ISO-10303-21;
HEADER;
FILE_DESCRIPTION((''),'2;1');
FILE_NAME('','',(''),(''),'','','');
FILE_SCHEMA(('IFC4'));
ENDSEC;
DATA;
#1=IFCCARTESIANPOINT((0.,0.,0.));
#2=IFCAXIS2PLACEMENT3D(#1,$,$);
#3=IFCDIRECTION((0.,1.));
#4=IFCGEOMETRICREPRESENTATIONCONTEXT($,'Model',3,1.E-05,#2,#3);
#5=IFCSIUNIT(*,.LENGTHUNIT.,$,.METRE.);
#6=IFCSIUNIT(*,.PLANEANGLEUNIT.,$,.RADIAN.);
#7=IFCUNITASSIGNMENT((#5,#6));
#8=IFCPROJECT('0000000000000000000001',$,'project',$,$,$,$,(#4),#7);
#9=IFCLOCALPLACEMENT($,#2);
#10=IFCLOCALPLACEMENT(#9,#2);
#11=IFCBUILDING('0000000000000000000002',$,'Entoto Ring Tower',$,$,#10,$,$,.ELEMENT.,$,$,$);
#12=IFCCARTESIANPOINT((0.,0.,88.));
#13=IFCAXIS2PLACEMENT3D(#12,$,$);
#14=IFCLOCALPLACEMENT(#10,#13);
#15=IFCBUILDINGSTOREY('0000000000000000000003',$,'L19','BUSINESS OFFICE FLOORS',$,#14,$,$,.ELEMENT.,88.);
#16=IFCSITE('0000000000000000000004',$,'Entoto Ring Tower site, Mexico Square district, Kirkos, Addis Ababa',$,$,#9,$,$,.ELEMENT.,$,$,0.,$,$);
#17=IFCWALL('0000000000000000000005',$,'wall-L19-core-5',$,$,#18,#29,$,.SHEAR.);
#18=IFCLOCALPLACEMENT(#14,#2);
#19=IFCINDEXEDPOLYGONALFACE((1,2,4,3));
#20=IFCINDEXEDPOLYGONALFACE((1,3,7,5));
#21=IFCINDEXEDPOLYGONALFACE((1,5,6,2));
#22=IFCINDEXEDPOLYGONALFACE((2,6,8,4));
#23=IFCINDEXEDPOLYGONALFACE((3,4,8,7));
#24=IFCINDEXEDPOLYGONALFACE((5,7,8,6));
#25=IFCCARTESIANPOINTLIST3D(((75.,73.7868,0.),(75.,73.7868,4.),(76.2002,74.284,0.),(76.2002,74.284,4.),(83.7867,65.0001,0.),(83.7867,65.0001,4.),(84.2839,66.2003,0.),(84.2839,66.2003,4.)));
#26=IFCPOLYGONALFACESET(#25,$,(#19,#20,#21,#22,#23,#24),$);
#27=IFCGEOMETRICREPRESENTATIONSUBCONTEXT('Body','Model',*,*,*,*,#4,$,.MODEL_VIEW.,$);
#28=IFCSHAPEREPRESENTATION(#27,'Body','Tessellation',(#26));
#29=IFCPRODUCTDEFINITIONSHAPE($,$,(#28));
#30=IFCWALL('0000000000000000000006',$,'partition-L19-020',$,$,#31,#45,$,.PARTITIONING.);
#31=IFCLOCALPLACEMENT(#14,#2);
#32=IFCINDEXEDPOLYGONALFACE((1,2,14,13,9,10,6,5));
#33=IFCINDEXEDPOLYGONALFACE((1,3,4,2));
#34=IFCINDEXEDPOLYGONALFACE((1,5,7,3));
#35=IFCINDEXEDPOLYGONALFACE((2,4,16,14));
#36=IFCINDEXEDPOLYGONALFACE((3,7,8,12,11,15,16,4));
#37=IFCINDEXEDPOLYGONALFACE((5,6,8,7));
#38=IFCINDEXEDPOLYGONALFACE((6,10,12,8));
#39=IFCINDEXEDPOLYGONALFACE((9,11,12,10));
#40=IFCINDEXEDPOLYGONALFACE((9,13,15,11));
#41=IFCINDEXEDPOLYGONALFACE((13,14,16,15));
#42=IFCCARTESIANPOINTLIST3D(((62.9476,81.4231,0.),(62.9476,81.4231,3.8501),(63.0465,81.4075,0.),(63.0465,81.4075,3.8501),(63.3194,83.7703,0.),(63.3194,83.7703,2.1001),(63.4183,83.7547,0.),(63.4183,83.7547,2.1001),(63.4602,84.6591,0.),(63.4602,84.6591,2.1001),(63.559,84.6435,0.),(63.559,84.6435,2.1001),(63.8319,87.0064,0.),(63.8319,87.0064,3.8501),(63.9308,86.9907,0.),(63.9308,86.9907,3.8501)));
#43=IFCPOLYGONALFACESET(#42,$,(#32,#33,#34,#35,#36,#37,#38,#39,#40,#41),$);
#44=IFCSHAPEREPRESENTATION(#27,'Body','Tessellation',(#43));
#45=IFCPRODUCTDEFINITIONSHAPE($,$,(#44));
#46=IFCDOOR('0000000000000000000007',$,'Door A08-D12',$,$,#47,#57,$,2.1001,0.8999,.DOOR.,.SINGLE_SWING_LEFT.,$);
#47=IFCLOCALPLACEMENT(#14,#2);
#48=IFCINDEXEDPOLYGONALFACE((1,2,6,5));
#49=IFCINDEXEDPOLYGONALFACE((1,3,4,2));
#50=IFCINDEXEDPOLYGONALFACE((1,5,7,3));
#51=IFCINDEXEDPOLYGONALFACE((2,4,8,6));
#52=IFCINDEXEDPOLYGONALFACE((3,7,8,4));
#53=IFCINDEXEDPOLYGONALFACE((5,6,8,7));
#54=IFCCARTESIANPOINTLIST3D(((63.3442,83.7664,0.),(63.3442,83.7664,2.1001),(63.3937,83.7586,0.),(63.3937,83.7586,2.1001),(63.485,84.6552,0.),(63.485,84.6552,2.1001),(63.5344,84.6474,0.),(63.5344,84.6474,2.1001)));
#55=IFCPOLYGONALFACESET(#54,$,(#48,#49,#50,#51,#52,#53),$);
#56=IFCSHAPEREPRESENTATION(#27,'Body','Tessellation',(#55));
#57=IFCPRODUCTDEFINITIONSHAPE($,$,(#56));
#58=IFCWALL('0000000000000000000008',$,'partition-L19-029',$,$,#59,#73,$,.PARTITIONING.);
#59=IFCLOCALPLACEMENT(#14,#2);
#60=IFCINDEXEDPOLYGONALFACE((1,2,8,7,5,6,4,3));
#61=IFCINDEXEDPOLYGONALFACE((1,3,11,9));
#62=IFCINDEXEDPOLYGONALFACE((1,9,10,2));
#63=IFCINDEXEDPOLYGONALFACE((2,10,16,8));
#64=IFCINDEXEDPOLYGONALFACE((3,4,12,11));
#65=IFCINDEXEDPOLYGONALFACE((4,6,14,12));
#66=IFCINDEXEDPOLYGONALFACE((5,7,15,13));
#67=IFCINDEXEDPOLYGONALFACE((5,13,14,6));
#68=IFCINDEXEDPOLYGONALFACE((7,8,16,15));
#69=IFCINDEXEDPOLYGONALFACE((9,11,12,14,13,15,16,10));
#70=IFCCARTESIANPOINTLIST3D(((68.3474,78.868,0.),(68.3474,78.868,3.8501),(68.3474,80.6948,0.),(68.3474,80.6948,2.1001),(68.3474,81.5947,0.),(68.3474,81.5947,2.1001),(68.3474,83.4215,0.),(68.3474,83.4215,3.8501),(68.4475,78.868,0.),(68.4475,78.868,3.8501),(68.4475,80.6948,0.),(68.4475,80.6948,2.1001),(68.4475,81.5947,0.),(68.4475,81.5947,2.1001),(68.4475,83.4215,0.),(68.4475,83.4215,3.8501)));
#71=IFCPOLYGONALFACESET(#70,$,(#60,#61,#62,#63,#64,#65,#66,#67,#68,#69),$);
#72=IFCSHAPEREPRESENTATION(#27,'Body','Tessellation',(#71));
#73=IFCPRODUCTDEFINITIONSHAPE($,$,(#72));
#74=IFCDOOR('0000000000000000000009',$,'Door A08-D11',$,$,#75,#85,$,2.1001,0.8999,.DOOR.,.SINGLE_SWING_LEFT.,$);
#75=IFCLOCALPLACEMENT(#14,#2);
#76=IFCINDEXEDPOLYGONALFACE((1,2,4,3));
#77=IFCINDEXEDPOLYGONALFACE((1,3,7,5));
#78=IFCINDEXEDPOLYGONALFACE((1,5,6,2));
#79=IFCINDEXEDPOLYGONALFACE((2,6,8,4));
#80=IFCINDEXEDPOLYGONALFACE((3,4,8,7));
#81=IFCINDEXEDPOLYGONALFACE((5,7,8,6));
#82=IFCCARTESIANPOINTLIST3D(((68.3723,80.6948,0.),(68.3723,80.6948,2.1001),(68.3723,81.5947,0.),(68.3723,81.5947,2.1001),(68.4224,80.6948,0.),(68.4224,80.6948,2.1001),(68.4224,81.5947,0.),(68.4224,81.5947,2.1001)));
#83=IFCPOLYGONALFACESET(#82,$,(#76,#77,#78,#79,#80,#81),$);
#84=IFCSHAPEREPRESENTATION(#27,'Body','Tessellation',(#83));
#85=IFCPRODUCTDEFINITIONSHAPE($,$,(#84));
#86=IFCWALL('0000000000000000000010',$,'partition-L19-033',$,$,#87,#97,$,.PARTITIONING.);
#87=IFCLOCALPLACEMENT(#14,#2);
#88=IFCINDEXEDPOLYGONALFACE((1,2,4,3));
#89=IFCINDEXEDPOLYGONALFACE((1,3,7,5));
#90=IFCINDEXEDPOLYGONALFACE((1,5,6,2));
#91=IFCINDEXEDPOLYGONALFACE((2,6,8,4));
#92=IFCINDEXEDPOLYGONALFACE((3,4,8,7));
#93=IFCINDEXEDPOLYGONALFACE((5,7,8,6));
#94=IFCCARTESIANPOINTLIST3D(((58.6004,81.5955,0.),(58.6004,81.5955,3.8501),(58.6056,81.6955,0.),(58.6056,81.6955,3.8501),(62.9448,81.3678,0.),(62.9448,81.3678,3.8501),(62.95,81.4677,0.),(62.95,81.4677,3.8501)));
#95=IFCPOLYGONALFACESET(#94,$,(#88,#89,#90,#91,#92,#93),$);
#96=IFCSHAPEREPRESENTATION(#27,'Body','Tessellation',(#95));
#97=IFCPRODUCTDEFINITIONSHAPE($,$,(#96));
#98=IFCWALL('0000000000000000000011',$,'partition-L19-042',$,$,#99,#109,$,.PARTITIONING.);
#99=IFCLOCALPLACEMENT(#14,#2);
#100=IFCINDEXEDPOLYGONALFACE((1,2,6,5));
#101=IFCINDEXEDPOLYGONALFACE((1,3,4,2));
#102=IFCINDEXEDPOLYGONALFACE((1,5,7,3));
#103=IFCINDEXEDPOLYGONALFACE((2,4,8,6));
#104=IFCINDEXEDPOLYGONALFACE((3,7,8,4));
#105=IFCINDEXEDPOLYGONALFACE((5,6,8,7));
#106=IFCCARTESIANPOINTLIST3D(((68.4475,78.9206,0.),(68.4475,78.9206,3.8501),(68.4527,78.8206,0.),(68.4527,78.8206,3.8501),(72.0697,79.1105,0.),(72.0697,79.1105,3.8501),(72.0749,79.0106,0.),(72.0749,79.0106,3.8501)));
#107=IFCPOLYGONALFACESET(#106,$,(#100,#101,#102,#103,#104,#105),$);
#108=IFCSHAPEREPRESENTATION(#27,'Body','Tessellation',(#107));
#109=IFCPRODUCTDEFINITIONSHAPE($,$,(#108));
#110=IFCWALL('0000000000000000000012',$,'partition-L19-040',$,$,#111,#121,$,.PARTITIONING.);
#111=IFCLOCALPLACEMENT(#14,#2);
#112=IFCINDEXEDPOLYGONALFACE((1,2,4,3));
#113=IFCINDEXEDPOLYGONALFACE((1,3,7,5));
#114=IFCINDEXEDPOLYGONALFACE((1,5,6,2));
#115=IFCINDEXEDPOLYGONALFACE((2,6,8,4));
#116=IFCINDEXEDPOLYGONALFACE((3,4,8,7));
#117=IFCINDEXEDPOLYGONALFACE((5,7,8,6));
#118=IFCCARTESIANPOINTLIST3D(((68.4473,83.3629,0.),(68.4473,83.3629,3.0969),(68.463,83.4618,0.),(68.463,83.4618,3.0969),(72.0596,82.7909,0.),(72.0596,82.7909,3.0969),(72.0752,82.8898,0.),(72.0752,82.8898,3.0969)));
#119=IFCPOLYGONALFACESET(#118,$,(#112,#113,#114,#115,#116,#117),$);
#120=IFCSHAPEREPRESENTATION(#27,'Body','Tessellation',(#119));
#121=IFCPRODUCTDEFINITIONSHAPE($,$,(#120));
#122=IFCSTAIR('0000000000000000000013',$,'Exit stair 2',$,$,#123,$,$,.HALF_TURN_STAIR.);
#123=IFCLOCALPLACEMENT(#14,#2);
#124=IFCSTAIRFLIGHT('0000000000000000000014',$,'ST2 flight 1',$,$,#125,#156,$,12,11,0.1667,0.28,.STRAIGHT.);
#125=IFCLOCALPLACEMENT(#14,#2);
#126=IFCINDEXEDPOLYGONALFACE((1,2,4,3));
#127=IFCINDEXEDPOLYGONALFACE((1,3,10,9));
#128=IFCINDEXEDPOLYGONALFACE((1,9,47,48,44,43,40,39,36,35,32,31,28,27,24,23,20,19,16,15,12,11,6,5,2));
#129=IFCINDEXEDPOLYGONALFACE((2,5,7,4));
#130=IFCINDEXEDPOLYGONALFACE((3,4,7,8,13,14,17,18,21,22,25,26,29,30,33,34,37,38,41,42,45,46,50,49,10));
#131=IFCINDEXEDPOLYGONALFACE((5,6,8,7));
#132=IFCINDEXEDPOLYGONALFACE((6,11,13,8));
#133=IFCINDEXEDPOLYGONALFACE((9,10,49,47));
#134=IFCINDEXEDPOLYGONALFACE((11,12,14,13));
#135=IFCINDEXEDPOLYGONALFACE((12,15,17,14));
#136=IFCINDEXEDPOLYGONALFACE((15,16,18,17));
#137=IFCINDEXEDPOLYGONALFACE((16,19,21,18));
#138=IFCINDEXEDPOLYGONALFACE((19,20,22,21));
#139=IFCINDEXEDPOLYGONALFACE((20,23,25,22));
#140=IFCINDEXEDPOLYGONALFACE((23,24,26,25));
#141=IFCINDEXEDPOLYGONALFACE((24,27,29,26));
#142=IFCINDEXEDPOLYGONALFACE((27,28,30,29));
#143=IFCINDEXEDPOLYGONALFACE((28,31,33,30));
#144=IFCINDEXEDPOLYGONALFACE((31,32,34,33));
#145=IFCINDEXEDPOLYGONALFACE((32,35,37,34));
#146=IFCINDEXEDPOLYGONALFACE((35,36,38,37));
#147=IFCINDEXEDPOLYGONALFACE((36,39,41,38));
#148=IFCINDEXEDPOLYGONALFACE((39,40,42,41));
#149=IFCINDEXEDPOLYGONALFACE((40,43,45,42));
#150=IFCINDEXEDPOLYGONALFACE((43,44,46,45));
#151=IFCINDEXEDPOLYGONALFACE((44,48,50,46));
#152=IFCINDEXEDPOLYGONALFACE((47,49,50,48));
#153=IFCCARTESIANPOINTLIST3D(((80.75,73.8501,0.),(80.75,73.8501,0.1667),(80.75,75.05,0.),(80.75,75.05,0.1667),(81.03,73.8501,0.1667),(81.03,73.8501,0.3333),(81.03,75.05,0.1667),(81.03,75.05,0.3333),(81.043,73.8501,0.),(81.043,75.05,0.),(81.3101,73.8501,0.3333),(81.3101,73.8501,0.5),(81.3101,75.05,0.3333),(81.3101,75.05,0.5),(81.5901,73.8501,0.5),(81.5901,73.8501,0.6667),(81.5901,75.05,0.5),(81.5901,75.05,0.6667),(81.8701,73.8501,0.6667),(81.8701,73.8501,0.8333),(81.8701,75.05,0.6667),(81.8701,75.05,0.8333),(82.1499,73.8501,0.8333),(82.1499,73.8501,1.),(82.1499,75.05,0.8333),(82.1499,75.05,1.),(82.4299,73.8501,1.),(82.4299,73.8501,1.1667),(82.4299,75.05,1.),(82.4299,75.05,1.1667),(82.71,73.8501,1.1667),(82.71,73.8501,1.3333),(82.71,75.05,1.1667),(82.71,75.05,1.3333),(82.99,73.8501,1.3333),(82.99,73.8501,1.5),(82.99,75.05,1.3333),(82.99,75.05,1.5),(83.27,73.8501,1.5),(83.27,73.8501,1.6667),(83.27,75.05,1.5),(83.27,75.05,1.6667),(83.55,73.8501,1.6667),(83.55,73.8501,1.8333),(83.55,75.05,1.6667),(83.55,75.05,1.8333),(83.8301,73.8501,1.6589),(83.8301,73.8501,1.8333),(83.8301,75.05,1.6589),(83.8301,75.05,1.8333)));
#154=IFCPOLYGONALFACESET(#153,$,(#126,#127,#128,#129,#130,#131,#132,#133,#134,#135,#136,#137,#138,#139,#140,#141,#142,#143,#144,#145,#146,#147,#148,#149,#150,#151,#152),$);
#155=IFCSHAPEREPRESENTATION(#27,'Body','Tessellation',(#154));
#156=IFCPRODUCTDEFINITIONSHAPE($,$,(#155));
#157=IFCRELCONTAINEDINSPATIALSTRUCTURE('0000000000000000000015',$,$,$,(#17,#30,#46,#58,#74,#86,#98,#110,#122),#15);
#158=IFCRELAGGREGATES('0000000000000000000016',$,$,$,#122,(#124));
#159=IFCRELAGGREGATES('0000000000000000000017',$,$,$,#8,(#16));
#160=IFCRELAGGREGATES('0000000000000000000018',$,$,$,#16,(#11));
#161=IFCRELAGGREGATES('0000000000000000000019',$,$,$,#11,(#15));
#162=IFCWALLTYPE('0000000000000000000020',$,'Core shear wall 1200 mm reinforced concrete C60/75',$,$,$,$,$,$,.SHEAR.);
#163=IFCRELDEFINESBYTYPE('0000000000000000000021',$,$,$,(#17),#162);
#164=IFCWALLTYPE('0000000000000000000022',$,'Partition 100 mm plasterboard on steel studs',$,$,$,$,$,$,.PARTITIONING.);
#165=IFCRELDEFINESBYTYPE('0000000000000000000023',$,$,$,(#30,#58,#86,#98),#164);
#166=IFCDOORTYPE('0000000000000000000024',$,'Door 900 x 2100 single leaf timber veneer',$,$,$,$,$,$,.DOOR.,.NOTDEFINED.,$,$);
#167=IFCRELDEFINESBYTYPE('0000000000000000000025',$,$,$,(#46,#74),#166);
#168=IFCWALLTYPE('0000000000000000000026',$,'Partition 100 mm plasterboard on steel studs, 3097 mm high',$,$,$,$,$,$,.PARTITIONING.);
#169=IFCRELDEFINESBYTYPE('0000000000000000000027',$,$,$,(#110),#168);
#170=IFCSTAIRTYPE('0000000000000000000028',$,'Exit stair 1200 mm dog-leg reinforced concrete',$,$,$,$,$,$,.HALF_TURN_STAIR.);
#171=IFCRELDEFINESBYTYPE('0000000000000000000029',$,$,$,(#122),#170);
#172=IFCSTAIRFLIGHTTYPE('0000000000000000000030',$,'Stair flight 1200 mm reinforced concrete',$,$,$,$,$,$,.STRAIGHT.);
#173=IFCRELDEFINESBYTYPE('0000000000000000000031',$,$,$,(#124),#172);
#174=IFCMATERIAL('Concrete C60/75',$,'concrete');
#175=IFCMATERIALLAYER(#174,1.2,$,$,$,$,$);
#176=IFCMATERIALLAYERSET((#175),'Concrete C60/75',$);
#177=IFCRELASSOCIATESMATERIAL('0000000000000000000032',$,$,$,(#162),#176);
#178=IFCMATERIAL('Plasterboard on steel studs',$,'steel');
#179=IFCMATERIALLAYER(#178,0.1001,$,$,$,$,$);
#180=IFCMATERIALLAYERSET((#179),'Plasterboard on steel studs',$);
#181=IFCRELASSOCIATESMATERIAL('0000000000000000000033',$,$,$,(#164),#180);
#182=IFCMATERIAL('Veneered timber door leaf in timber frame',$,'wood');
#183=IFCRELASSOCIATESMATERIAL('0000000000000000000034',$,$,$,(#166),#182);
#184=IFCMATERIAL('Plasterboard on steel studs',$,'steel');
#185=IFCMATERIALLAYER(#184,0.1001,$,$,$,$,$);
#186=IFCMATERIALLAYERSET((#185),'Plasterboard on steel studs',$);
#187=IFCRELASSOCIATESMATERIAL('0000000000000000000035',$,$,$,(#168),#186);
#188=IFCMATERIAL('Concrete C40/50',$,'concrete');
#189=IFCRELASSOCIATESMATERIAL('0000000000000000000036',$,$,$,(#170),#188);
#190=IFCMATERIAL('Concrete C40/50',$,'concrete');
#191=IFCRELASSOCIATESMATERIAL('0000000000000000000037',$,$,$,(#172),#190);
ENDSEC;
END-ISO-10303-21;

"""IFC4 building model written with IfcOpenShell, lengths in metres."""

from ifc_helpers import new_model, si_unit, direction, frame, frame_2d, origin, place, context, subcontext, project, spatial, polyline, rectangle, outline, extrude, material, layer, layer_set, type_object, element, fill, aggregate, save


model = new_model("IFC4")

# Units and contexts
model_context = context("Model", 3, precision=1e-05, world=origin(), true_north=direction((0.0, 1.0)))
body_context = subcontext(model_context, "Body", "Model", "MODEL_VIEW")
ifc_project = project(units=[si_unit("LENGTHUNIT", "METRE"), si_unit("PLANEANGLEUNIT", "RADIAN")], contexts=[model_context])

# Site, building, storey
site_placement = place(None, origin())
site = spatial("IfcSite", under=ifc_project, at=site_placement, Name="Entoto Ring Tower site, Mexico Square district, Kirkos, Addis Ababa", CompositionType="ELEMENT", RefElevation=0.0)
building_placement = place(site_placement, origin())
building = spatial("IfcBuilding", under=site, at=building_placement, Name="Entoto Ring Tower", CompositionType="ELEMENT")
storey_placement = place(building_placement, frame((0.0, 0.0, 88.0)))
storey = spatial("IfcBuildingStorey", under=building, at=storey_placement, Name="L19", Description="BUSINESS OFFICE FLOORS", CompositionType="ELEMENT", Elevation=88.0)

# Wall
ifc_material_1 = material(Name="Concrete C60/75", Category="concrete")
ifc_layer_1 = layer(ifc_material_1, 1.2)
ifc_layer_set_1 = layer_set([ifc_layer_1], Name="Concrete C60/75")
wall_type_1 = type_object("IfcWallType", Name="Core shear wall 1200 mm reinforced concrete C60/75", PredefinedType="SHEAR", material=ifc_layer_set_1)
wall_1_placement = place(storey_placement, frame((75.6001, 74.0354, 0.0), z_axis=(0.0, 0.0, 1.0), x_axis=(0.707107, -0.707107, 0.0)))
element("IfcWall", 1, at=wall_1_placement, inside=storey, type_object=wall_type_1, Name="wall-L19-core-5", PredefinedType="SHEAR", context=body_context, shape_type="SweptSolid", body=[
    extrude(outline(polyline([(-0.2485, -0.6001), (12.1777, -0.6001), (11.6807, 0.6001), (0.2485, 0.6001), (-0.2485, -0.6001)])), origin(), (0.0, 0.0, 1.0), 4.0),
])

# Walls, openings, doors
ifc_material_2 = material(Name="Plasterboard on steel studs", Category="steel")
ifc_layer_2 = layer(ifc_material_2, 0.1001)
ifc_layer_set_2 = layer_set([ifc_layer_2], Name="Plasterboard on steel studs")
wall_type_2 = type_object("IfcWallType", Name="Partition 100 mm plasterboard on steel studs", PredefinedType="PARTITIONING", material=ifc_layer_set_2)
wall_2_placement = place(storey_placement, frame((62.9971, 81.4153, 0.0), z_axis=(0.0, 0.0, 1.0), x_axis=(0.156431, 0.987689, 0.0)))
wall_2 = element("IfcWall", 2, at=wall_2_placement, inside=storey, type_object=wall_type_2, Name="partition-L19-020", PredefinedType="PARTITIONING", context=body_context, shape_type="SweptSolid", body=[
    extrude(rectangle(XDim=5.6528, YDim=0.1001, at=frame_2d((2.8264, 0.0))), origin(), (0.0, 0.0, 1.0), 3.8501),
])
opening_1_placement = place(wall_2_placement, frame((2.3765, 0.0, 0.0)))
opening_1 = element("IfcOpeningElement", 3, at=opening_1_placement, cuts=wall_2, PredefinedType="OPENING", context=body_context, shape_type="SweptSolid", body=[
    extrude(rectangle(XDim=0.8999, YDim=2.1001, at=frame_2d((0.45, 1.05))), frame((0.0, 0.0601, 0.0), z_axis=(0.0, -1.0, 0.0), x_axis=(1.0, 0.0, 0.0)), (0.0, 0.0, 1.0), 0.1201),
])
ifc_material_3 = material(Name="Veneered timber door leaf in timber frame", Category="wood")
door_type_1 = type_object("IfcDoorType", Name="Door 900 x 2100 single leaf timber veneer", OperationType="NOTDEFINED", PredefinedType="DOOR", material=ifc_material_3)
door_1_placement = place(opening_1_placement, origin())
door_1 = element("IfcDoor", 4, at=door_1_placement, inside=storey, type_object=door_type_1, Name="Door A08-D12", OperationType="SINGLE_SWING_LEFT", OverallHeight=2.1001, OverallWidth=0.8999, PredefinedType="DOOR", context=body_context, shape_type="SweptSolid", body=[
    extrude(rectangle(XDim=0.8999, YDim=2.1001, at=frame_2d((0.45, 1.05))), frame((0.0, 0.0249, 0.0), z_axis=(0.0, -1.0, 0.0), x_axis=(1.0, 0.0, 0.0)), (0.0, 0.0, 1.0), 0.05),
])
fill(opening_1, door_1)
wall_3_placement = place(storey_placement, frame((68.3975, 78.8679, 0.0), z_axis=(0.0, 0.0, 1.0), x_axis=(0.0, 1.0, 0.0)))
wall_3 = element("IfcWall", 5, at=wall_3_placement, inside=storey, type_object=wall_type_2, Name="partition-L19-029", PredefinedType="PARTITIONING", context=body_context, shape_type="SweptSolid", body=[
    extrude(rectangle(XDim=4.5535, YDim=0.1001, at=frame_2d((2.2769, 0.0))), origin(), (0.0, 0.0, 1.0), 3.8501),
])
opening_2_placement = place(wall_3_placement, frame((1.8269, 0.0, 0.0)))
opening_2 = element("IfcOpeningElement", 6, at=opening_2_placement, cuts=wall_3, PredefinedType="OPENING", context=body_context, shape_type="SweptSolid", body=[
    extrude(rectangle(XDim=0.8999, YDim=2.1001, at=frame_2d((0.45, 1.05))), frame((0.0, 0.0601, 0.0), z_axis=(0.0, -1.0, 0.0), x_axis=(1.0, 0.0, 0.0)), (0.0, 0.0, 1.0), 0.1201),
])
door_2_placement = place(opening_2_placement, frame((0.8999, 0.0, 0.0), z_axis=(0.0, 0.0, 1.0), x_axis=(-1.0, 0.0, 0.0)))
door_2 = element("IfcDoor", 7, at=door_2_placement, inside=storey, type_object=door_type_1, Name="Door A08-D11", OperationType="SINGLE_SWING_LEFT", OverallHeight=2.1001, OverallWidth=0.8999, PredefinedType="DOOR", context=body_context, shape_type="SweptSolid", body=[
    extrude(rectangle(XDim=0.8999, YDim=2.1001, at=frame_2d((0.45, 1.05))), frame((0.0, 0.0249, 0.0), z_axis=(0.0, -1.0, 0.0), x_axis=(1.0, 0.0, 0.0)), (0.0, 0.0, 1.0), 0.05),
])
fill(opening_2, door_2)

# Walls
wall_4_placement = place(storey_placement, frame((62.9475, 81.4177, 0.0), z_axis=(0.0, 0.0, 1.0), x_axis=(-0.998628, 0.052359, 0.0)))
element("IfcWall", 8, at=wall_4_placement, inside=storey, type_object=wall_type_2, Name="partition-L19-033", PredefinedType="PARTITIONING", context=body_context, shape_type="SweptSolid", body=[
    extrude(rectangle(XDim=4.3503, YDim=0.1001, at=frame_2d((2.1753, 0.0))), origin(), (0.0, 0.0, 1.0), 3.8501),
])
wall_5_placement = place(storey_placement, frame((68.4502, 78.8706, 0.0), z_axis=(0.0, 0.0, 1.0), x_axis=(0.998628, 0.052365, 0.0)))
element("IfcWall", 9, at=wall_5_placement, inside=storey, type_object=wall_type_2, Name="partition-L19-042", PredefinedType="PARTITIONING", context=body_context, shape_type="SweptSolid", body=[
    extrude(rectangle(XDim=3.6272, YDim=0.1001, at=frame_2d((1.8135, 0.0))), origin(), (0.0, 0.0, 1.0), 3.8501),
])
ifc_material_4 = material(Name="Plasterboard on steel studs", Category="steel")
ifc_layer_3 = layer(ifc_material_4, 0.1001)
ifc_layer_set_3 = layer_set([ifc_layer_3], Name="Plasterboard on steel studs")
wall_type_3 = type_object("IfcWallType", Name="Partition 100 mm plasterboard on steel studs, 3097 mm high", PredefinedType="PARTITIONING", material=ifc_layer_set_3)
wall_6_placement = place(storey_placement, frame((72.0674, 82.8403, 0.0), z_axis=(0.0, 0.0, 1.0), x_axis=(-0.987693, 0.156405, 0.0)))
element("IfcWall", 10, at=wall_6_placement, inside=storey, type_object=wall_type_3, Name="partition-L19-040", PredefinedType="PARTITIONING", context=body_context, shape_type="SweptSolid", body=[
    extrude(rectangle(XDim=3.6572, YDim=0.1001, at=frame_2d((1.8286, 0.0))), origin(), (0.0, 0.0, 1.0), 3.0969),
])

# Stair, stair flight
ifc_material_5 = material(Name="Concrete C40/50", Category="concrete")
stair_type = type_object("IfcStairType", Name="Exit stair 1200 mm dog-leg reinforced concrete", PredefinedType="HALF_TURN_STAIR", material=ifc_material_5)
stair_placement = place(storey_placement, origin())
stair = element("IfcStair", 11, at=stair_placement, inside=storey, type_object=stair_type, Name="Exit stair 2", PredefinedType="HALF_TURN_STAIR")
ifc_material_6 = material(Name="Concrete C40/50", Category="concrete")
stair_flight_type = type_object("IfcStairFlightType", Name="Stair flight 1200 mm reinforced concrete", PredefinedType="STRAIGHT", material=ifc_material_6)
stair_flight_1_placement = place(storey_placement, frame((80.75, 74.45, 0.0), z_axis=(0.0, 0.0, 1.0), x_axis=(1.0, 0.0, 0.0)))
stair_flight_1 = element("IfcStairFlight", 12, at=stair_flight_1_placement, type_object=stair_flight_type, Name="ST2 flight 1", NumberOfRisers=12, NumberOfTreads=11, PredefinedType="STRAIGHT", RiserHeight=0.1667, TreadLength=0.28, context=body_context, shape_type="SweptSolid", body=[
    extrude(outline(polyline([(0.0, 0.0), (0.0, 0.1667), (0.28, 0.1667), (0.28, 0.3333), (0.5601, 0.3333), (0.5601, 0.5), (0.8401, 0.5), (0.8401, 0.6667), (1.1201, 0.6667), (1.1201, 0.8333), (1.3999, 0.8333), (1.3999, 1.0), (1.6799, 1.0), (1.6799, 1.1667), (1.96, 1.1667), (1.96, 1.3333), (2.24, 1.3333), (2.24, 1.5), (2.52, 1.5), (2.52, 1.6667), (2.8, 1.6667), (2.8, 1.8333), (3.0801, 1.8333), (3.0801, 2.0), (3.0801, 1.6589), (0.293, 0.0), (0.0, 0.0)])), frame((0.0, 0.6001, 0.0), z_axis=(0.0, -1.0, 0.0), x_axis=(1.0, 0.0, 0.0)), (0.0, 0.0, 1.0), 1.2),
])
aggregate(stair, [stair_flight_1])

save(model, "model.ifc")
